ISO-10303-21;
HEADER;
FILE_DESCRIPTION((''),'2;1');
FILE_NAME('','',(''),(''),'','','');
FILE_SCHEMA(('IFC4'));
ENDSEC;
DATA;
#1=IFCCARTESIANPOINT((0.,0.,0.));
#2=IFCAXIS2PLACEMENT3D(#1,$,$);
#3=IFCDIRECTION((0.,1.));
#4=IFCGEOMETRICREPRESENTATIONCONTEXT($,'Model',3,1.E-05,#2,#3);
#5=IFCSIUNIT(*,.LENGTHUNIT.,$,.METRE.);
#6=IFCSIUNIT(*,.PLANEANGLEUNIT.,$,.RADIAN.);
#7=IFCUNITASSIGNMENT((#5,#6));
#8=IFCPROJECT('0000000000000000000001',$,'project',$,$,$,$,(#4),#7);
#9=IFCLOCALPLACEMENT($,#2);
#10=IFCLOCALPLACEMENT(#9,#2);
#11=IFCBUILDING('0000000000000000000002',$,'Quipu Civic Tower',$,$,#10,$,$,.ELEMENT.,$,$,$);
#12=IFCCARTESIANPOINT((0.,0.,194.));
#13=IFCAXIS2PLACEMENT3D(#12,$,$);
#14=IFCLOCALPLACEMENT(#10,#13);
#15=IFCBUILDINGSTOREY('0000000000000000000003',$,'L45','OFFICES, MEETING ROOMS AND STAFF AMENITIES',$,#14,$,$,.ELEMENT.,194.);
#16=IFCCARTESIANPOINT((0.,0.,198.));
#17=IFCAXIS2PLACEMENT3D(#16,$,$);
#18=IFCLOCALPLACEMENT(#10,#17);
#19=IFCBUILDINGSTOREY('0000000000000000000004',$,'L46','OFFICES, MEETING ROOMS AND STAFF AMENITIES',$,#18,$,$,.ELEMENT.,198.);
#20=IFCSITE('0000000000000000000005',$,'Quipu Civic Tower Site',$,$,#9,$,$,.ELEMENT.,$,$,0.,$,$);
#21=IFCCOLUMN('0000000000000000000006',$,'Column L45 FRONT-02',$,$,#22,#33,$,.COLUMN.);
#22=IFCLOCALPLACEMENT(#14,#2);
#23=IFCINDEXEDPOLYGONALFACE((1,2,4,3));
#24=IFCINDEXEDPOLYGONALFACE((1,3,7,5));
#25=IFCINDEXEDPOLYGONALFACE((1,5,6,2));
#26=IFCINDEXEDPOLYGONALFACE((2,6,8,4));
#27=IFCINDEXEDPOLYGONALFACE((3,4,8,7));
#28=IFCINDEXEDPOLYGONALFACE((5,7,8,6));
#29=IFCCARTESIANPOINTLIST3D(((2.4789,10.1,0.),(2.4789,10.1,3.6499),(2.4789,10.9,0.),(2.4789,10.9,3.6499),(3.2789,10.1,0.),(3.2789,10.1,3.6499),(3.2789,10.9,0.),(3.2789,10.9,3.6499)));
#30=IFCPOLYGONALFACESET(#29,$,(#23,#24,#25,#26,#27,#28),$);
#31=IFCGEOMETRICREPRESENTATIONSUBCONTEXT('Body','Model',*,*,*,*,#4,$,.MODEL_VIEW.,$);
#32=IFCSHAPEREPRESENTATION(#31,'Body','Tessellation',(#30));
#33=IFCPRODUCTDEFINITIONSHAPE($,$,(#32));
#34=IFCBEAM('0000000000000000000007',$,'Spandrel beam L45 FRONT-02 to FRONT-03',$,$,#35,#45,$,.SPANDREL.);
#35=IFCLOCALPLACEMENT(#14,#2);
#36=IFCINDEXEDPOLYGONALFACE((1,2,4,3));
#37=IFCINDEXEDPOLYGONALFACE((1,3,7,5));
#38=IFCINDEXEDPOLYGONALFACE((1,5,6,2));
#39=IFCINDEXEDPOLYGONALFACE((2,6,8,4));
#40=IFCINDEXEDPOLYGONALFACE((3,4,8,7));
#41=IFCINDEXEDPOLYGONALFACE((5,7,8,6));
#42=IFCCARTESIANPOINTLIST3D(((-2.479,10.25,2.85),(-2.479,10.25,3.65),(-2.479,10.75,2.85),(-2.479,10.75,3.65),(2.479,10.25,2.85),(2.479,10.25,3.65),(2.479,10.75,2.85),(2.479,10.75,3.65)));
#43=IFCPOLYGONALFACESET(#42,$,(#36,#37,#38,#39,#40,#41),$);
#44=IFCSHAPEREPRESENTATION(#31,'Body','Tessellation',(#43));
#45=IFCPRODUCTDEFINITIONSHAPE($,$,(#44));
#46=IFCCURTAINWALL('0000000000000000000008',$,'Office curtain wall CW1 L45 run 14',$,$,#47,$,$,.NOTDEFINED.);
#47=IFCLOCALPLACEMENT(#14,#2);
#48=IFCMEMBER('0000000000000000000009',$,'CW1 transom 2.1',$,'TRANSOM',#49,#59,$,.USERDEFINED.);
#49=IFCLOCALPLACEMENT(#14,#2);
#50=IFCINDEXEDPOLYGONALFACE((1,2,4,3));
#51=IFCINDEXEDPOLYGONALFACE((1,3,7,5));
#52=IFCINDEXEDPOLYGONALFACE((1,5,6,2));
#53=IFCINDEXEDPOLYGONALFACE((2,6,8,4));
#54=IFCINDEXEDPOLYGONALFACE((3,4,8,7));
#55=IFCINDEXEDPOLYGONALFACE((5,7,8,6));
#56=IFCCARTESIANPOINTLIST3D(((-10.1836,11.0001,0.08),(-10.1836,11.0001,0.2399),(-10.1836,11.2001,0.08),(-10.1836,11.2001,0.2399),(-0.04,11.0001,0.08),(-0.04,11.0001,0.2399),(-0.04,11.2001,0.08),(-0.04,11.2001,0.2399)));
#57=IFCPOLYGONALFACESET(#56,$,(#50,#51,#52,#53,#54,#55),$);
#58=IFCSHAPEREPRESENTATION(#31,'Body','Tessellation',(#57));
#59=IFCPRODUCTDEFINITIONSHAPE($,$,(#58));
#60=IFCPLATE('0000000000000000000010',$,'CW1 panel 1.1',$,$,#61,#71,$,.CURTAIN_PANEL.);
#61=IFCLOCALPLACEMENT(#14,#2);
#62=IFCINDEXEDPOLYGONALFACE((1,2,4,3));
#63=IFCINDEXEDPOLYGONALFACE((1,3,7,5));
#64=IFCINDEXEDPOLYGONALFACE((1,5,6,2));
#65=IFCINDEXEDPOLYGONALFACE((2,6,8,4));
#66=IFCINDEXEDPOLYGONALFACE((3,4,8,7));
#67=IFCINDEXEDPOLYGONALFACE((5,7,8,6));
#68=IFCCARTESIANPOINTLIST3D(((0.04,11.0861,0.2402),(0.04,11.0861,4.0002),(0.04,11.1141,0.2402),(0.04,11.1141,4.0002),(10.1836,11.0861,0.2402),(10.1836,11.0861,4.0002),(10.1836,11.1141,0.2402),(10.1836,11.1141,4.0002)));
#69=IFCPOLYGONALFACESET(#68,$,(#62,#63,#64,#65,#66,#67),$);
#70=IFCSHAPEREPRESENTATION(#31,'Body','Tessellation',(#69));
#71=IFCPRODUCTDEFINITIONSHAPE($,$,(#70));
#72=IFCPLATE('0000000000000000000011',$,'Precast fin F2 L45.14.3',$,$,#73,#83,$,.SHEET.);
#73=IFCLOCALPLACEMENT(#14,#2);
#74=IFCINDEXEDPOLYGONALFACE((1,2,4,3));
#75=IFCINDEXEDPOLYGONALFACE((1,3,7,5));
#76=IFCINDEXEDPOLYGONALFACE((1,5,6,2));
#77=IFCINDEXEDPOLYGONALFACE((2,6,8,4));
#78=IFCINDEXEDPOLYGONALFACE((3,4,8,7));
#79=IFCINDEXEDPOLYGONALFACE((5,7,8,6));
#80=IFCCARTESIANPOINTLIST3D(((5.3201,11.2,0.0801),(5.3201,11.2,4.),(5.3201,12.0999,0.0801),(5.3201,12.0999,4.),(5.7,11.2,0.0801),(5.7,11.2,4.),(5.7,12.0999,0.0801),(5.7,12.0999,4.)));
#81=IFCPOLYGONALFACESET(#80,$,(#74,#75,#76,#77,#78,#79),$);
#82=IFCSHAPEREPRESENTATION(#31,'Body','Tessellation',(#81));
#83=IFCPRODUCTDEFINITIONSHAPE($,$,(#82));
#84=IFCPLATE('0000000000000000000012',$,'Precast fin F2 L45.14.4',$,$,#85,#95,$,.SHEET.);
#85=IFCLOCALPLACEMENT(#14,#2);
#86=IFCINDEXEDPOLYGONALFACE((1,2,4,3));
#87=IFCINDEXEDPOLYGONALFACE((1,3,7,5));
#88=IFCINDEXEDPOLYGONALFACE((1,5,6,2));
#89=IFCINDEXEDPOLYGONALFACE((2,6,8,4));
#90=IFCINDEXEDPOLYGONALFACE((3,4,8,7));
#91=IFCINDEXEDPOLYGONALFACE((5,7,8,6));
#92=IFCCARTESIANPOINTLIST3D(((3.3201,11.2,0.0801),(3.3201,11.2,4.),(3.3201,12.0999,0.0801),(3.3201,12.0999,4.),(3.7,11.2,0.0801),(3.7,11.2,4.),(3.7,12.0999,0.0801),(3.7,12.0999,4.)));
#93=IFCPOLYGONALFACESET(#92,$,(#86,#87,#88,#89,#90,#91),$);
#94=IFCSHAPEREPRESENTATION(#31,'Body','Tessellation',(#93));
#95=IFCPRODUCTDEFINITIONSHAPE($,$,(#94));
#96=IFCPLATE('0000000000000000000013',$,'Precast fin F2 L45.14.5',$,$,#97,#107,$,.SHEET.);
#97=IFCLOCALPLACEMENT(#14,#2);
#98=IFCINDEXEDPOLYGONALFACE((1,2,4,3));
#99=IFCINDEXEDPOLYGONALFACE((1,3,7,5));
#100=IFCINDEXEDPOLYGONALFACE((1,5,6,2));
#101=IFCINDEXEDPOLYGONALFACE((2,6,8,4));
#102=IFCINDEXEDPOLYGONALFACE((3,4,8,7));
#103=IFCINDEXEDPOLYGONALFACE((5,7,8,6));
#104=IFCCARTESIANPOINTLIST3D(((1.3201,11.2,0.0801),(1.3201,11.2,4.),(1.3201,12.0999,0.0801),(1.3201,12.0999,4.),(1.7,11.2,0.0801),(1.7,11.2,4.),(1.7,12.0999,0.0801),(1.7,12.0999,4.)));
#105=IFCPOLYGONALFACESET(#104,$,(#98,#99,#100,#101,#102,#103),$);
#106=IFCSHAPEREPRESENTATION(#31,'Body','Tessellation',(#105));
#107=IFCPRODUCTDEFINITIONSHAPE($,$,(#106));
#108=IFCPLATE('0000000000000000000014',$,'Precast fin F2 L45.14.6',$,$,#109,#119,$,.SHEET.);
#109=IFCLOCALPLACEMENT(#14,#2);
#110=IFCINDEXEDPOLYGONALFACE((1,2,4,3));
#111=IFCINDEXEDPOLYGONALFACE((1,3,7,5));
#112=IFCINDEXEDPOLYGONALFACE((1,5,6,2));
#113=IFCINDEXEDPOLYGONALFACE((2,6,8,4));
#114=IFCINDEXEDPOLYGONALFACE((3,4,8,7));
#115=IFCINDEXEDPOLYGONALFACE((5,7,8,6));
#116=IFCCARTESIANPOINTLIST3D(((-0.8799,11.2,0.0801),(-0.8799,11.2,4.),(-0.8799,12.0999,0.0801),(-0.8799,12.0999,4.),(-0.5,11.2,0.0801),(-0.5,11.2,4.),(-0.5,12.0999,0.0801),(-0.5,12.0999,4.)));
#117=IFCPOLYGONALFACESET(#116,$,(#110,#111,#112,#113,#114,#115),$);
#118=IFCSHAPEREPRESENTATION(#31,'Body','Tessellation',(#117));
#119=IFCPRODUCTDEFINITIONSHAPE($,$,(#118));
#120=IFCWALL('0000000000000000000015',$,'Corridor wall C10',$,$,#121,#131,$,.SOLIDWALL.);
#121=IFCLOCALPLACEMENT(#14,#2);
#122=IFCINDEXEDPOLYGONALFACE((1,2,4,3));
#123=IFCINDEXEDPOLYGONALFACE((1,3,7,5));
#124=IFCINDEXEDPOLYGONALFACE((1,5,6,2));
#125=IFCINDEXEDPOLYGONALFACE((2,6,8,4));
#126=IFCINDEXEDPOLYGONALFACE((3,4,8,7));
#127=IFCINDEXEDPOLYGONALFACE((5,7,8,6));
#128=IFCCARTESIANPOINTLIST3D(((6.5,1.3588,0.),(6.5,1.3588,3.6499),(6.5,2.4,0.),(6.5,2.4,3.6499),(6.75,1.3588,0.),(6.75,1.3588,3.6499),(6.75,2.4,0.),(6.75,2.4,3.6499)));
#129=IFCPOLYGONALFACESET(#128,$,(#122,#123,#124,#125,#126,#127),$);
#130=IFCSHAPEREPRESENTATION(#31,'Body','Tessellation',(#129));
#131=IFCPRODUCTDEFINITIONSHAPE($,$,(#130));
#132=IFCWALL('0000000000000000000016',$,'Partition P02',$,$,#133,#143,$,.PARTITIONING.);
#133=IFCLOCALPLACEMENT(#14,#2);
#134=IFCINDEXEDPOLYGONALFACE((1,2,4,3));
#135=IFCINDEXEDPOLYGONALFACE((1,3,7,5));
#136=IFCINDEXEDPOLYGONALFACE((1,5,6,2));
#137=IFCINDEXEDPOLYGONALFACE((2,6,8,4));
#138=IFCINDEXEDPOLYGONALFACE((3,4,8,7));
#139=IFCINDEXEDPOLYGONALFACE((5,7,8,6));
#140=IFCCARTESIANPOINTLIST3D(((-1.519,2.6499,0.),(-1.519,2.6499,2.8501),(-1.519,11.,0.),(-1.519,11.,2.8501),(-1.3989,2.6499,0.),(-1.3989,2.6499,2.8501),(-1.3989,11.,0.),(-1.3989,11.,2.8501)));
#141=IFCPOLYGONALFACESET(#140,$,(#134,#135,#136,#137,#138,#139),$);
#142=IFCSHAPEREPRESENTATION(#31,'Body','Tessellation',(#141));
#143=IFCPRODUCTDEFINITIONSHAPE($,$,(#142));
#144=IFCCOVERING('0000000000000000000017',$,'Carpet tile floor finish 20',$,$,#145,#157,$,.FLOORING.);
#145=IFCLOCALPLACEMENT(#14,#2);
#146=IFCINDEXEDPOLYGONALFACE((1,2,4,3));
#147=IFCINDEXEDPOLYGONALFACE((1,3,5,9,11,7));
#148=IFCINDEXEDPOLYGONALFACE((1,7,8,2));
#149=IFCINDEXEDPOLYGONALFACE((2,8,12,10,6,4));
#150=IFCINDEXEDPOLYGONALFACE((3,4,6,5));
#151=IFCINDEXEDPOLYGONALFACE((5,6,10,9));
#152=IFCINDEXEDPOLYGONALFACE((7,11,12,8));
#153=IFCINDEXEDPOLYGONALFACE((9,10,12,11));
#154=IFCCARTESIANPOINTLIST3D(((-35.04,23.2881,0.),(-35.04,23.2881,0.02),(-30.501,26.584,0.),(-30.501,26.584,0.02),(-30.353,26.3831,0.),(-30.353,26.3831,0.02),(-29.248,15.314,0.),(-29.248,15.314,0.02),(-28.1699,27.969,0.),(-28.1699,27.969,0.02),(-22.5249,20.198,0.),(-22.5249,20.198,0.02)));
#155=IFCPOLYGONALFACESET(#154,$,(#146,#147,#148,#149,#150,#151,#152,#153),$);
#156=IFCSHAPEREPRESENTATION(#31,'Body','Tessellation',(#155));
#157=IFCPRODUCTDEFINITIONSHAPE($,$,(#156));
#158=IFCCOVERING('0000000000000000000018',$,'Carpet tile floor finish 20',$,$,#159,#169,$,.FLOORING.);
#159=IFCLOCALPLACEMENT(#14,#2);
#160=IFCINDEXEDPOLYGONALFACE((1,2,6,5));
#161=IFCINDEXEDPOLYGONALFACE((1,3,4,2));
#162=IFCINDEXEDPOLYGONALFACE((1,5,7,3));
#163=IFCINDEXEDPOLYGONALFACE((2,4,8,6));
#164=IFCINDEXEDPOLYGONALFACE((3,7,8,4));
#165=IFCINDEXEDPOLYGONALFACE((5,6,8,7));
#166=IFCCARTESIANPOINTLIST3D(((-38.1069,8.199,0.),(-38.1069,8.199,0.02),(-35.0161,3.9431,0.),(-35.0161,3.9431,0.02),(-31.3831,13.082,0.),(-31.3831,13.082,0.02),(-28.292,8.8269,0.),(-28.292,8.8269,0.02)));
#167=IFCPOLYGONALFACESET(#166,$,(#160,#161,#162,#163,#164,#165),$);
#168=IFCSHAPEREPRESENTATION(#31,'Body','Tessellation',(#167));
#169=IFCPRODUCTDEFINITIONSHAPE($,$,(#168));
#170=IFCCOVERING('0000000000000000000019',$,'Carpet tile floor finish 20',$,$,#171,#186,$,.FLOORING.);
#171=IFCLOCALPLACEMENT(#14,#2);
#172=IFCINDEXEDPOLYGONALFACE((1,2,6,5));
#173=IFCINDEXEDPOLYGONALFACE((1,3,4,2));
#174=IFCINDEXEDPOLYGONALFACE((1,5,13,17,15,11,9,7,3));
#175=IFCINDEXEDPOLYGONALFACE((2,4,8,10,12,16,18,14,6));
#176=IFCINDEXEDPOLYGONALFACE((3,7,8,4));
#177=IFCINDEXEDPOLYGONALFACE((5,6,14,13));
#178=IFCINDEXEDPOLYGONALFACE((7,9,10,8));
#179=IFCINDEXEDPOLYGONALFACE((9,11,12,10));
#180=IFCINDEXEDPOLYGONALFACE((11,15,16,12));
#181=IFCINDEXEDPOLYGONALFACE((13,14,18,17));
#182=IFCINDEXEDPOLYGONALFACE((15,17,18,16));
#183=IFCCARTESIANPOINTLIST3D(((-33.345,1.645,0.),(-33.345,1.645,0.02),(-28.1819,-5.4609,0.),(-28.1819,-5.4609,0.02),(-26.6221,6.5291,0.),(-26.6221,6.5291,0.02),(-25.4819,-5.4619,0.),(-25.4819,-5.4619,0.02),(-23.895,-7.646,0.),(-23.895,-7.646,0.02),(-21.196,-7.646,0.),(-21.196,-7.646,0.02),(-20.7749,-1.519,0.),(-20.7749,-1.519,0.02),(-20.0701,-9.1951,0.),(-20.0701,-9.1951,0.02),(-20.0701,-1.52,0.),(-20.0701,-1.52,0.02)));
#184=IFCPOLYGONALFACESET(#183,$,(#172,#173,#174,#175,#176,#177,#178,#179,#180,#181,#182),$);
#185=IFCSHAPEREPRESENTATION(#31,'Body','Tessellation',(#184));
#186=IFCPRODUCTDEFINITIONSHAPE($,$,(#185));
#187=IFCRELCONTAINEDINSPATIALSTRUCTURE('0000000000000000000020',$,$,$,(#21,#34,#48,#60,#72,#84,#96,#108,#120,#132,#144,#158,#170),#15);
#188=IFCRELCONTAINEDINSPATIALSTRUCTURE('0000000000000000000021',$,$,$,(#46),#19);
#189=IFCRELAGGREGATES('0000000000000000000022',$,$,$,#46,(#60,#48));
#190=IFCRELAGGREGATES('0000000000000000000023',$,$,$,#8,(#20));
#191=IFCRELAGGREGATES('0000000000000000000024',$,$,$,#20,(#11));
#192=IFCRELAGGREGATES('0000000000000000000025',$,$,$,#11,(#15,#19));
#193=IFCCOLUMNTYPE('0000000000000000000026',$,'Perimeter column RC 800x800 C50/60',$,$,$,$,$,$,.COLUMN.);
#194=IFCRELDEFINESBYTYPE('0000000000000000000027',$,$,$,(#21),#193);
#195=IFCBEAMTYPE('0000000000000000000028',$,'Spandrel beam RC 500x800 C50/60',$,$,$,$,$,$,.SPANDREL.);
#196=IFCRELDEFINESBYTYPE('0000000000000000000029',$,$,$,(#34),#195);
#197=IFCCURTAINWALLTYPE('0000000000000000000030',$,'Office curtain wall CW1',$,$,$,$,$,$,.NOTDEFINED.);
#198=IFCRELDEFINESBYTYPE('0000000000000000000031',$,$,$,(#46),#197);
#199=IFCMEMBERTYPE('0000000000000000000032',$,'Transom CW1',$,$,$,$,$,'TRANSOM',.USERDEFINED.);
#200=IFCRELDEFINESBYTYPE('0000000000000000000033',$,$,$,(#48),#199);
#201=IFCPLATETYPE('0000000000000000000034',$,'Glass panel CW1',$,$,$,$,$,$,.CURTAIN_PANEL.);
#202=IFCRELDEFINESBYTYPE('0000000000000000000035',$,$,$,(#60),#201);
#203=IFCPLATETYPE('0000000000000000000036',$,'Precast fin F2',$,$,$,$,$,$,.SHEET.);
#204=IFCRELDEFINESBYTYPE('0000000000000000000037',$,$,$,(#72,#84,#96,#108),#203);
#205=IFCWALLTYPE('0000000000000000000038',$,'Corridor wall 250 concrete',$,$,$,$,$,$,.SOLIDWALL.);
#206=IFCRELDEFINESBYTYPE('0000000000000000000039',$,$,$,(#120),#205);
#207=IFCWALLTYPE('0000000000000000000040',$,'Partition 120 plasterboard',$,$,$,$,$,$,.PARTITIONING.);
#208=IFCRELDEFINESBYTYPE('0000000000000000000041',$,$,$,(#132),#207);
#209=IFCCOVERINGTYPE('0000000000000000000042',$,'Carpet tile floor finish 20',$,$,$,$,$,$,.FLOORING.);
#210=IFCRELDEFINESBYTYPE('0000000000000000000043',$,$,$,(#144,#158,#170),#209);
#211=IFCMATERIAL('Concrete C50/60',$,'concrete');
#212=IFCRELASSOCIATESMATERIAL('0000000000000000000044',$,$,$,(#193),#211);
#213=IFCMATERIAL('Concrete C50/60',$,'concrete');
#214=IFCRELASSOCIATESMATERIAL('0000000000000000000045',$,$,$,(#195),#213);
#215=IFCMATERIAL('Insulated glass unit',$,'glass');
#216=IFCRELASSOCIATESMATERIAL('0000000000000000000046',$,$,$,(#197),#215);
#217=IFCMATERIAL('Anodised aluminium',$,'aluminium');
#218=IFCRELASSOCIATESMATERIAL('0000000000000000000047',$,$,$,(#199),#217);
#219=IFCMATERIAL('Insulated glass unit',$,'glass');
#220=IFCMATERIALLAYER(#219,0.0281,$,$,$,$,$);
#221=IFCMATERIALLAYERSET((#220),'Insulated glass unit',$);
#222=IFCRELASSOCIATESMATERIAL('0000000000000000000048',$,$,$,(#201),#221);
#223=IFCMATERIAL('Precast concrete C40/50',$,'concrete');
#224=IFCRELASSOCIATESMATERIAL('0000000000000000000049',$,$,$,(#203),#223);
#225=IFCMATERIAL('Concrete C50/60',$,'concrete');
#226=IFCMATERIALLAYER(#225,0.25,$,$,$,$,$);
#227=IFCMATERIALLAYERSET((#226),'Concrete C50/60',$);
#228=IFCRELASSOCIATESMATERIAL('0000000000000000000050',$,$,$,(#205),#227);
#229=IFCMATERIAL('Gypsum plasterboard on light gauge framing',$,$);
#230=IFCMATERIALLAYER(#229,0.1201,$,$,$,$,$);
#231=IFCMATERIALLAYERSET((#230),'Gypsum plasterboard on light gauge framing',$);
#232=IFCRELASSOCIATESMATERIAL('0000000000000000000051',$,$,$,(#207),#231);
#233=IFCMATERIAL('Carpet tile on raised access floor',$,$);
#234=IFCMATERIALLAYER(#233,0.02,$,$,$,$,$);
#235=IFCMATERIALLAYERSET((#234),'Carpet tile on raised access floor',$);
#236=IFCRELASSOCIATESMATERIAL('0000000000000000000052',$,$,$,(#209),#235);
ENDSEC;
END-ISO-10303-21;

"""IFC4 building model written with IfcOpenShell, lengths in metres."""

from ifc_helpers import new_model, si_unit, direction, frame, frame_2d, origin, origin_2d, place, context, subcontext, project, spatial, polyline, rectangle, outline, extrude, material, layer, layer_set, material_profile, profile_set, type_object, element, aggregate, save


model = new_model("IFC4")

# Units and contexts
model_context = context("Model", 3, precision=1e-05, world=origin(), true_north=direction((0.0, 1.0)))
body_context = subcontext(model_context, "Body", "Model", "MODEL_VIEW")
ifc_project = project(units=[si_unit("LENGTHUNIT", "METRE"), si_unit("PLANEANGLEUNIT", "RADIAN")], contexts=[model_context])

# Site, building, storey
site_placement = place(None, origin())
site = spatial("IfcSite", under=ifc_project, at=site_placement, Name="Quipu Civic Tower Site", CompositionType="ELEMENT", RefElevation=0.0)
building_placement = place(site_placement, origin())
building = spatial("IfcBuilding", under=site, at=building_placement, Name="Quipu Civic Tower", CompositionType="ELEMENT")
storey_1_placement = place(building_placement, frame((0.0, 0.0, 194.0)))
storey_1 = spatial("IfcBuildingStorey", under=building, at=storey_1_placement, Name="L45", Description="OFFICES, MEETING ROOMS AND STAFF AMENITIES", CompositionType="ELEMENT", Elevation=194.0)

# Column
ifc_material_1 = material(Name="Concrete C50/60", Category="concrete")
ifc_material_profile_1 = material_profile(ifc_material_1, rectangle(XDim=0.8, YDim=0.8, at=origin_2d()), Name="RC800x800")
ifc_profile_set_1 = profile_set([ifc_material_profile_1], Name="Concrete C50/60")
column_type = type_object("IfcColumnType", Name="Perimeter column RC 800x800 C50/60", PredefinedType="COLUMN", material=ifc_profile_set_1)
column_placement = place(storey_1_placement, frame((2.8789, 10.5, 0.0), z_axis=(0.0, 0.0, 1.0), x_axis=(-1.0, 0.0, 0.0)))
element("IfcColumn", 1, at=column_placement, inside=storey_1, type_object=column_type, Name="Column L45 FRONT-02", PredefinedType="COLUMN", context=body_context, shape_type="SweptSolid", body=[
    extrude(rectangle(XDim=0.8, YDim=0.8, at=origin_2d()), origin(), (0.0, 0.0, 1.0), 3.6499),
])

# Beam
ifc_material_2 = material(Name="Concrete C50/60", Category="concrete")
ifc_material_profile_2 = material_profile(ifc_material_2, rectangle(XDim=0.5, YDim=0.8, at=origin_2d()), Name="RC500x800")
ifc_profile_set_2 = profile_set([ifc_material_profile_2], Name="Concrete C50/60")
beam_type = type_object("IfcBeamType", Name="Spandrel beam RC 500x800 C50/60", PredefinedType="SPANDREL", material=ifc_profile_set_2)
beam_placement = place(storey_1_placement, frame((2.479, 10.5, 3.25), z_axis=(-1.0, 0.0, 0.0), x_axis=(0.0, -1.0, 0.0)))
element("IfcBeam", 2, at=beam_placement, inside=storey_1, type_object=beam_type, Name="Spandrel beam L45 FRONT-02 to FRONT-03", PredefinedType="SPANDREL", context=body_context, shape_type="SweptSolid", body=[
    extrude(rectangle(XDim=0.5, YDim=0.8, at=origin_2d()), origin(), (0.0, 0.0, 1.0), 4.958),
])

# Shared definitions
storey_2_placement = place(building_placement, frame((0.0, 0.0, 198.0)))
storey_2 = spatial("IfcBuildingStorey", under=building, at=storey_2_placement, Name="L46", Description="OFFICES, MEETING ROOMS AND STAFF AMENITIES", CompositionType="ELEMENT", Elevation=198.0)

# Curtain wall, member, plate
ifc_material_3 = material(Name="Insulated glass unit", Category="glass")
curtain_wall_type = type_object("IfcCurtainWallType", Name="Office curtain wall CW1", PredefinedType="NOTDEFINED", material=ifc_material_3)
curtain_wall_placement = place(storey_2_placement, origin())
curtain_wall = element("IfcCurtainWall", 3, at=curtain_wall_placement, inside=storey_2, type_object=curtain_wall_type, Name="Office curtain wall CW1 L45 run 14", PredefinedType="NOTDEFINED")
ifc_material_4 = material(Name="Anodised aluminium", Category="aluminium")
ifc_material_profile_3 = material_profile(ifc_material_4, rectangle(XDim=0.2, YDim=0.1599, at=origin_2d()), Name="RECT 200x160")
ifc_profile_set_3 = profile_set([ifc_material_profile_3], Name="Anodised aluminium")
member_type = type_object("IfcMemberType", Name="Transom CW1", ElementType="TRANSOM", PredefinedType="USERDEFINED", material=ifc_profile_set_3)
member_placement = place(storey_1_placement, frame((-0.04, 11.1001, 0.1599), z_axis=(-1.0, 0.0, 0.0), x_axis=(0.0, -1.0, 0.0)))
member = element("IfcMember", 4, at=member_placement, inside=storey_1, type_object=member_type, Name="CW1 transom 2.1", ObjectType="TRANSOM", PredefinedType="USERDEFINED", context=body_context, shape_type="SweptSolid", body=[
    extrude(rectangle(XDim=0.2, YDim=0.1599, at=origin_2d()), origin(), (0.0, 0.0, 1.0), 10.1436),
])
ifc_material_5 = material(Name="Insulated glass unit", Category="glass")
ifc_layer_1 = layer(ifc_material_5, 0.0281)
ifc_layer_set_1 = layer_set([ifc_layer_1], Name="Insulated glass unit")
plate_type_1 = type_object("IfcPlateType", Name="Glass panel CW1", PredefinedType="CURTAIN_PANEL", material=ifc_layer_set_1)
plate_placement = place(storey_1_placement, frame((5.1118, 11.1001, 0.2402), z_axis=(0.0, 0.0, 1.0), x_axis=(-1.0, 0.0, 0.0)))
plate = element("IfcPlate", 5, at=plate_placement, inside=storey_1, type_object=plate_type_1, Name="CW1 panel 1.1", PredefinedType="CURTAIN_PANEL", context=body_context, shape_type="SweptSolid", body=[
    extrude(rectangle(XDim=10.1436, YDim=0.0281, at=origin_2d()), origin(), (0.0, 0.0, 1.0), 3.76),
])
aggregate(curtain_wall, [plate, member])

# Plates
ifc_material_6 = material(Name="Precast concrete C40/50", Category="concrete")
plate_type_2 = type_object("IfcPlateType", Name="Precast fin F2", PredefinedType="SHEET", material=ifc_material_6)
for number, where, z_axis, x_axis, name in (
    (6, (5.51, 11.6499, 0.0801), (0.0, 0.0, 1.0), (-1.0, 0.0, 0.0), "Precast fin F2 L45.14.3"),
    (7, (3.51, 11.6499, 0.0801), (0.0, 0.0, 1.0), (-1.0, 0.0, 0.0), "Precast fin F2 L45.14.4"),
    (8, (1.51, 11.6499, 0.0801), (0.0, 0.0, 1.0), (-1.0, 0.0, 0.0), "Precast fin F2 L45.14.5"),
    (9, (-0.6899, 11.6499, 0.0801), (0.0, 0.0, 1.0), (-1.0, 0.0, 0.0), "Precast fin F2 L45.14.6"),
):
    element("IfcPlate", number, at=place(storey_1_placement, frame(where, z_axis=z_axis, x_axis=x_axis)), inside=storey_1, type_object=plate_type_2, Name=name, PredefinedType="SHEET", context=body_context, shape_type="SweptSolid", body=[
        extrude(rectangle(XDim=0.3799, YDim=0.8999, at=origin_2d()), origin(), (0.0, 0.0, 1.0), 3.9199),
    ])

# Walls
ifc_material_7 = material(Name="Concrete C50/60", Category="concrete")
ifc_layer_2 = layer(ifc_material_7, 0.25)
ifc_layer_set_2 = layer_set([ifc_layer_2], Name="Concrete C50/60")
wall_type_1 = type_object("IfcWallType", Name="Corridor wall 250 concrete", PredefinedType="SOLIDWALL", material=ifc_layer_set_2)
wall_1_placement = place(storey_1_placement, frame((6.625, 2.3999, 0.0), z_axis=(0.0, 0.0, 1.0), x_axis=(0.0, -1.0, 0.0)))
element("IfcWall", 10, at=wall_1_placement, inside=storey_1, type_object=wall_type_1, Name="Corridor wall C10", PredefinedType="SOLIDWALL", context=body_context, shape_type="SweptSolid", body=[
    extrude(rectangle(XDim=1.0413, YDim=0.25, at=frame_2d((0.5205, 0.0))), origin(), (0.0, 0.0, 1.0), 3.6499),
])
ifc_material_8 = material(Name="Gypsum plasterboard on light gauge framing")
ifc_layer_3 = layer(ifc_material_8, 0.1201)
ifc_layer_set_3 = layer_set([ifc_layer_3], Name="Gypsum plasterboard on light gauge framing")
wall_type_2 = type_object("IfcWallType", Name="Partition 120 plasterboard", PredefinedType="PARTITIONING", material=ifc_layer_set_3)
wall_2_placement = place(storey_1_placement, frame((-1.459, 2.6499, 0.0), z_axis=(0.0, 0.0, 1.0), x_axis=(0.0, 1.0, 0.0)))
element("IfcWall", 11, at=wall_2_placement, inside=storey_1, type_object=wall_type_2, Name="Partition P02", PredefinedType="PARTITIONING", context=body_context, shape_type="SweptSolid", body=[
    extrude(rectangle(XDim=8.3501, YDim=0.1201, at=frame_2d((4.175, 0.0))), origin(), (0.0, 0.0, 1.0), 2.8501),
])

# Coverings
ifc_material_9 = material(Name="Carpet tile on raised access floor")
ifc_layer_4 = layer(ifc_material_9, 0.02)
ifc_layer_set_4 = layer_set([ifc_layer_4], Name="Carpet tile on raised access floor")
covering_type_1 = type_object("IfcCoveringType", Name="Carpet tile floor finish 20", PredefinedType="FLOORING", material=ifc_layer_set_4)
covering_1_placement = place(storey_1_placement, origin())
element("IfcCovering", 12, at=covering_1_placement, inside=storey_1, type_object=covering_type_1, Name="Carpet tile floor finish 20", PredefinedType="FLOORING", context=body_context, shape_type="SweptSolid", body=[
    extrude(outline(polyline([(-35.04, 23.2881), (-30.501, 26.584), (-30.353, 26.3831), (-28.1699, 27.969), (-22.5249, 20.198), (-29.248, 15.314), (-35.04, 23.2881)])), origin(), (0.0, 0.0, 1.0), 0.02),
])
covering_2_placement = place(storey_1_placement, origin())
element("IfcCovering", 13, at=covering_2_placement, inside=storey_1, type_object=covering_type_1, Name="Carpet tile floor finish 20", PredefinedType="FLOORING", context=body_context, shape_type="SweptSolid", body=[
    extrude(outline(polyline([(-38.1069, 8.199), (-31.3831, 13.082), (-28.292, 8.8269), (-35.0161, 3.9431), (-38.1069, 8.199)])), origin(), (0.0, 0.0, 1.0), 0.02),
])
covering_3_placement = place(storey_1_placement, origin())
element("IfcCovering", 14, at=covering_3_placement, inside=storey_1, type_object=covering_type_1, Name="Carpet tile floor finish 20", PredefinedType="FLOORING", context=body_context, shape_type="SweptSolid", body=[
    extrude(outline(polyline([(-33.345, 1.645), (-26.6221, 6.5291), (-20.7749, -1.519), (-20.0701, -1.52), (-20.0701, -9.1951), (-21.196, -7.646), (-23.895, -7.646), (-25.4819, -5.4619), (-28.1819, -5.4609), (-33.345, 1.645)])), origin(), (0.0, 0.0, 1.0), 0.02),
])

save(model, "model.ifc")
